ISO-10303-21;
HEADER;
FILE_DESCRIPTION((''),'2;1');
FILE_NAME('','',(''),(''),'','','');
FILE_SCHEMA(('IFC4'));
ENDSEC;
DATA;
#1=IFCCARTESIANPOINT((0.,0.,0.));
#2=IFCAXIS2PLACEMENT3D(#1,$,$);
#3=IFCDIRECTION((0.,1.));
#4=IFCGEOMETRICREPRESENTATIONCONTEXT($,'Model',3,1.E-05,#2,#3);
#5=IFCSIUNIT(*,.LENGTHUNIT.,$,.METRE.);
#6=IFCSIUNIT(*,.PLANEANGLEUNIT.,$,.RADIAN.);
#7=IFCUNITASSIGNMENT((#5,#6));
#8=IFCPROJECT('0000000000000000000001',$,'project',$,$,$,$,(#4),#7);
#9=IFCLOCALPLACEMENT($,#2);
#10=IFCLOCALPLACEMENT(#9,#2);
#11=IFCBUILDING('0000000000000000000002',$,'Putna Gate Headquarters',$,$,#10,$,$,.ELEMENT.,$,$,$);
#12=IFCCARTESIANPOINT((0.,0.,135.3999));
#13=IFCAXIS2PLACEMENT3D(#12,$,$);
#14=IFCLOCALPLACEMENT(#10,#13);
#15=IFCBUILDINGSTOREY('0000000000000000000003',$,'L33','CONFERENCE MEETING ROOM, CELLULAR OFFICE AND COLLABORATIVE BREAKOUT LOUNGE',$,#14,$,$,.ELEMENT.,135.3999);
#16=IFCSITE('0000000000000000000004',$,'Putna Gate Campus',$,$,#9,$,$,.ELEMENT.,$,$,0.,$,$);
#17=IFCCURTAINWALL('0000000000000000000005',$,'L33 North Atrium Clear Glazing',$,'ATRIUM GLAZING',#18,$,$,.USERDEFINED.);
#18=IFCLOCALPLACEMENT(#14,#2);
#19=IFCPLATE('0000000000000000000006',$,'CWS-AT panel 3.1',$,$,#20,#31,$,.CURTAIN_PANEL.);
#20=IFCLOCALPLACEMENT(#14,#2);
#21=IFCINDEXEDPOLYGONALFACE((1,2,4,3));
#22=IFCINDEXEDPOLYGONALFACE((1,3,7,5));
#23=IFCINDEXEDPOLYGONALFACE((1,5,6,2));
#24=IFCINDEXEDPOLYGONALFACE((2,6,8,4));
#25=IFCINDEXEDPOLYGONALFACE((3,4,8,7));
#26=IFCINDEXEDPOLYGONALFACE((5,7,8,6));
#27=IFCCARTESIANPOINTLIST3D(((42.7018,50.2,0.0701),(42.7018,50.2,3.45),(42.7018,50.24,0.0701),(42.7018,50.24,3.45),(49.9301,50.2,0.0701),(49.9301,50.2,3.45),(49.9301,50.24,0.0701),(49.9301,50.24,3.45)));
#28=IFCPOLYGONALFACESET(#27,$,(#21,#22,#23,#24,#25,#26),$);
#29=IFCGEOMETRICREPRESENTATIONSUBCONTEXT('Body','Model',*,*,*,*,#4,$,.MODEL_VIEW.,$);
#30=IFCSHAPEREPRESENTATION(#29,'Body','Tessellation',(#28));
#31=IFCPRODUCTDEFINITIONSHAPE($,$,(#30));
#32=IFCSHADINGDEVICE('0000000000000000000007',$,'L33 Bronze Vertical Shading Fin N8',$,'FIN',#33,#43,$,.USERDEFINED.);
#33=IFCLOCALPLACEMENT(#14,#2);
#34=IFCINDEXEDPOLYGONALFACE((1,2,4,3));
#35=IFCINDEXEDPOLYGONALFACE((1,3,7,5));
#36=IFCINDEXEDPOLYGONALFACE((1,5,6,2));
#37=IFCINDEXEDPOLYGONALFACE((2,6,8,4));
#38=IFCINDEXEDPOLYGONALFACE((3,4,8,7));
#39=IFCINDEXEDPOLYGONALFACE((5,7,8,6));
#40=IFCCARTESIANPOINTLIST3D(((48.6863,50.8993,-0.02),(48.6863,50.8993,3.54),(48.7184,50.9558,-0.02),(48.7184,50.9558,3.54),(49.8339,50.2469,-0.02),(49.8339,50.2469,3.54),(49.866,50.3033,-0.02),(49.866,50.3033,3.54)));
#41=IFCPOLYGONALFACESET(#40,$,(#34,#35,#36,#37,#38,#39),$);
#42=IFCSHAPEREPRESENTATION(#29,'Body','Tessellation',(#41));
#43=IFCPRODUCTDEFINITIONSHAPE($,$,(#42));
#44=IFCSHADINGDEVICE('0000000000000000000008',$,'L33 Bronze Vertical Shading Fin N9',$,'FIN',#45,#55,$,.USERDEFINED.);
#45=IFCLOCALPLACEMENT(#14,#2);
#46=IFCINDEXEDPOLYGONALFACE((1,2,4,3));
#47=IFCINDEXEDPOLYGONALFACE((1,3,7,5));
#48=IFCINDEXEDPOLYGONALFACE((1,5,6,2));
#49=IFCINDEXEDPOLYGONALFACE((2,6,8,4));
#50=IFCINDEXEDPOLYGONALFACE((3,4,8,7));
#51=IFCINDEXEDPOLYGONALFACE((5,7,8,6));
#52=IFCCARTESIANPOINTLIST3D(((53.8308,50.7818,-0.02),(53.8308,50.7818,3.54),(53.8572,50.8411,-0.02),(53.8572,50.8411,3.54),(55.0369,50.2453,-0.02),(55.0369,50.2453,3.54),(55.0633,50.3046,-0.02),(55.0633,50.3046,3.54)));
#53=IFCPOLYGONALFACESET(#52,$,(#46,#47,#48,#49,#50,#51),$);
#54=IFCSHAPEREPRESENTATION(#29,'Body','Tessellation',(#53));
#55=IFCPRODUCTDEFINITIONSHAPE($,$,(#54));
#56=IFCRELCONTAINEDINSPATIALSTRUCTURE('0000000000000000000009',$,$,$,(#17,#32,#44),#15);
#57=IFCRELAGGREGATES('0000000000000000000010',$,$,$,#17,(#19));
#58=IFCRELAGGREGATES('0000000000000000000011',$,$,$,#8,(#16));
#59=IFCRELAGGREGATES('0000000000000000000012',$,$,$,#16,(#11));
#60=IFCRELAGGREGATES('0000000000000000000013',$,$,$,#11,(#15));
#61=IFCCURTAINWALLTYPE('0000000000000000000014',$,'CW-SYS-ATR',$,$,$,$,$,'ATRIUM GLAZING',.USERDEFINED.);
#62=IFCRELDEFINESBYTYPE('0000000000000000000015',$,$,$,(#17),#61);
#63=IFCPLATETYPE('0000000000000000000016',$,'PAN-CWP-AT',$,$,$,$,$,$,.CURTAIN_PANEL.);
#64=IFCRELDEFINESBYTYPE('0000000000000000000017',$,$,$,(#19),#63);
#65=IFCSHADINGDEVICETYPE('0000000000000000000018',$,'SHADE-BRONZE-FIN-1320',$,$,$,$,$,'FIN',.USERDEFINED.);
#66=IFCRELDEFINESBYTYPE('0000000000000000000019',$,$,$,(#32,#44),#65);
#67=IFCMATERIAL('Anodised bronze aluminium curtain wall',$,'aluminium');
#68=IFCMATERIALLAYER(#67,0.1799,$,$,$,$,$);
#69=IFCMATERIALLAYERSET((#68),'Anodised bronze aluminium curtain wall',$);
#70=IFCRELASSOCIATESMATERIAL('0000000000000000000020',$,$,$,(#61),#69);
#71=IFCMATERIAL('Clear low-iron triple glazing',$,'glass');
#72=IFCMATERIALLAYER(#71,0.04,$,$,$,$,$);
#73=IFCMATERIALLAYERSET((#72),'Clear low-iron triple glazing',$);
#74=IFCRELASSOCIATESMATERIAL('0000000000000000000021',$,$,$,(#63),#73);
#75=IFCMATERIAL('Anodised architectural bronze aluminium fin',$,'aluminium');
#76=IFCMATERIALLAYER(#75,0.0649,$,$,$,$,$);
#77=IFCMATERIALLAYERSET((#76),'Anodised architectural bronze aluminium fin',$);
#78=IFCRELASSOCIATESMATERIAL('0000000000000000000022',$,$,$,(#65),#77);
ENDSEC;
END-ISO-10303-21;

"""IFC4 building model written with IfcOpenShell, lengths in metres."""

from ifc_helpers import new_model, si_unit, direction, frame, origin, origin_2d, place, context, subcontext, project, spatial, rectangle, extrude, material, layer, layer_set, type_object, element, aggregate, save


model = new_model("IFC4")

# Units and contexts
model_context = context("Model", 3, precision=1e-05, world=origin(), true_north=direction((0.0, 1.0)))
body_context = subcontext(model_context, "Body", "Model", "MODEL_VIEW")
ifc_project = project(units=[si_unit("LENGTHUNIT", "METRE"), si_unit("PLANEANGLEUNIT", "RADIAN")], contexts=[model_context])

# Site, building, storey
site_placement = place(None, origin())
site = spatial("IfcSite", under=ifc_project, at=site_placement, Name="Putna Gate Campus", CompositionType="ELEMENT", RefElevation=0.0)
building_placement = place(site_placement, origin())
building = spatial("IfcBuilding", under=site, at=building_placement, Name="Putna Gate Headquarters", CompositionType="ELEMENT")
storey_placement = place(building_placement, frame((0.0, 0.0, 135.3999)))
storey = spatial("IfcBuildingStorey", under=building, at=storey_placement, Name="L33", Description="CONFERENCE MEETING ROOM, CELLULAR OFFICE AND COLLABORATIVE BREAKOUT LOUNGE", CompositionType="ELEMENT", Elevation=135.3999)

# Shared definitions
ifc_material_1 = material(Name="Anodised bronze aluminium curtain wall", Category="aluminium")

# Curtain wall
ifc_layer_1 = layer(ifc_material_1, 0.1799)
ifc_layer_set_1 = layer_set([ifc_layer_1], Name="Anodised bronze aluminium curtain wall")
curtain_wall_type_1 = type_object("IfcCurtainWallType", Name="CW-SYS-ATR", ElementType="ATRIUM GLAZING", PredefinedType="USERDEFINED", material=ifc_layer_set_1)
curtain_wall_1_placement = place(storey_placement, origin())
curtain_wall_1 = element("IfcCurtainWall", 1, at=curtain_wall_1_placement, inside=storey, type_object=curtain_wall_type_1, Name="L33 North Atrium Clear Glazing", ObjectType="ATRIUM GLAZING", PredefinedType="USERDEFINED")

# Plate
ifc_material_2 = material(Name="Clear low-iron triple glazing", Category="glass")
ifc_layer_2 = layer(ifc_material_2, 0.04)
ifc_layer_set_2 = layer_set([ifc_layer_2], Name="Clear low-iron triple glazing")
plate_type_1 = type_object("IfcPlateType", Name="PAN-CWP-AT", PredefinedType="CURTAIN_PANEL", material=ifc_layer_set_2)
plate_1_placement = place(storey_placement, frame((46.3159, 50.22, 0.0701), z_axis=(0.0, 0.0, 1.0), x_axis=(1.0, 0.0, 0.0)))
plate_1 = element("IfcPlate", 2, at=plate_1_placement, type_object=plate_type_1, Name="CWS-AT panel 3.1", PredefinedType="CURTAIN_PANEL", context=body_context, shape_type="SweptSolid", body=[
    extrude(rectangle(XDim=7.2283, YDim=0.04, at=origin_2d()), origin(), (0.0, 0.0, 1.0), 3.3799),
])
aggregate(curtain_wall_1, [plate_1])

# Shading devices
ifc_material_3 = material(Name="Anodised architectural bronze aluminium fin", Category="aluminium")
ifc_layer_3 = layer(ifc_material_3, 0.0649)
ifc_layer_set_3 = layer_set([ifc_layer_3], Name="Anodised architectural bronze aluminium fin")
shading_device_type = type_object("IfcShadingDeviceType", Name="SHADE-BRONZE-FIN-1320", ElementType="FIN", PredefinedType="USERDEFINED", material=ifc_layer_set_3)
for number, where, z_axis, x_axis, name in (
    (3, (49.2761, 50.6013, -0.02), (0.0, 0.0, 1.0), (-0.869322, 0.494245, 0.0), "L33 Bronze Vertical Shading Fin N8"),
    (4, (54.447, 50.5432, -0.02), (0.0, 0.0, 1.0), (-0.913687, 0.406418, 0.0), "L33 Bronze Vertical Shading Fin N9"),
):
    element("IfcShadingDevice", number, at=place(storey_placement, frame(where, z_axis=z_axis, x_axis=x_axis)), inside=storey, type_object=shading_device_type, Name=name, ObjectType="FIN", PredefinedType="USERDEFINED", context=body_context, shape_type="SweptSolid", body=[
        extrude(rectangle(XDim=1.3201, YDim=0.0649, at=origin_2d()), origin(), (0.0, 0.0, 1.0), 3.5601),
    ])

save(model, "model.ifc")
